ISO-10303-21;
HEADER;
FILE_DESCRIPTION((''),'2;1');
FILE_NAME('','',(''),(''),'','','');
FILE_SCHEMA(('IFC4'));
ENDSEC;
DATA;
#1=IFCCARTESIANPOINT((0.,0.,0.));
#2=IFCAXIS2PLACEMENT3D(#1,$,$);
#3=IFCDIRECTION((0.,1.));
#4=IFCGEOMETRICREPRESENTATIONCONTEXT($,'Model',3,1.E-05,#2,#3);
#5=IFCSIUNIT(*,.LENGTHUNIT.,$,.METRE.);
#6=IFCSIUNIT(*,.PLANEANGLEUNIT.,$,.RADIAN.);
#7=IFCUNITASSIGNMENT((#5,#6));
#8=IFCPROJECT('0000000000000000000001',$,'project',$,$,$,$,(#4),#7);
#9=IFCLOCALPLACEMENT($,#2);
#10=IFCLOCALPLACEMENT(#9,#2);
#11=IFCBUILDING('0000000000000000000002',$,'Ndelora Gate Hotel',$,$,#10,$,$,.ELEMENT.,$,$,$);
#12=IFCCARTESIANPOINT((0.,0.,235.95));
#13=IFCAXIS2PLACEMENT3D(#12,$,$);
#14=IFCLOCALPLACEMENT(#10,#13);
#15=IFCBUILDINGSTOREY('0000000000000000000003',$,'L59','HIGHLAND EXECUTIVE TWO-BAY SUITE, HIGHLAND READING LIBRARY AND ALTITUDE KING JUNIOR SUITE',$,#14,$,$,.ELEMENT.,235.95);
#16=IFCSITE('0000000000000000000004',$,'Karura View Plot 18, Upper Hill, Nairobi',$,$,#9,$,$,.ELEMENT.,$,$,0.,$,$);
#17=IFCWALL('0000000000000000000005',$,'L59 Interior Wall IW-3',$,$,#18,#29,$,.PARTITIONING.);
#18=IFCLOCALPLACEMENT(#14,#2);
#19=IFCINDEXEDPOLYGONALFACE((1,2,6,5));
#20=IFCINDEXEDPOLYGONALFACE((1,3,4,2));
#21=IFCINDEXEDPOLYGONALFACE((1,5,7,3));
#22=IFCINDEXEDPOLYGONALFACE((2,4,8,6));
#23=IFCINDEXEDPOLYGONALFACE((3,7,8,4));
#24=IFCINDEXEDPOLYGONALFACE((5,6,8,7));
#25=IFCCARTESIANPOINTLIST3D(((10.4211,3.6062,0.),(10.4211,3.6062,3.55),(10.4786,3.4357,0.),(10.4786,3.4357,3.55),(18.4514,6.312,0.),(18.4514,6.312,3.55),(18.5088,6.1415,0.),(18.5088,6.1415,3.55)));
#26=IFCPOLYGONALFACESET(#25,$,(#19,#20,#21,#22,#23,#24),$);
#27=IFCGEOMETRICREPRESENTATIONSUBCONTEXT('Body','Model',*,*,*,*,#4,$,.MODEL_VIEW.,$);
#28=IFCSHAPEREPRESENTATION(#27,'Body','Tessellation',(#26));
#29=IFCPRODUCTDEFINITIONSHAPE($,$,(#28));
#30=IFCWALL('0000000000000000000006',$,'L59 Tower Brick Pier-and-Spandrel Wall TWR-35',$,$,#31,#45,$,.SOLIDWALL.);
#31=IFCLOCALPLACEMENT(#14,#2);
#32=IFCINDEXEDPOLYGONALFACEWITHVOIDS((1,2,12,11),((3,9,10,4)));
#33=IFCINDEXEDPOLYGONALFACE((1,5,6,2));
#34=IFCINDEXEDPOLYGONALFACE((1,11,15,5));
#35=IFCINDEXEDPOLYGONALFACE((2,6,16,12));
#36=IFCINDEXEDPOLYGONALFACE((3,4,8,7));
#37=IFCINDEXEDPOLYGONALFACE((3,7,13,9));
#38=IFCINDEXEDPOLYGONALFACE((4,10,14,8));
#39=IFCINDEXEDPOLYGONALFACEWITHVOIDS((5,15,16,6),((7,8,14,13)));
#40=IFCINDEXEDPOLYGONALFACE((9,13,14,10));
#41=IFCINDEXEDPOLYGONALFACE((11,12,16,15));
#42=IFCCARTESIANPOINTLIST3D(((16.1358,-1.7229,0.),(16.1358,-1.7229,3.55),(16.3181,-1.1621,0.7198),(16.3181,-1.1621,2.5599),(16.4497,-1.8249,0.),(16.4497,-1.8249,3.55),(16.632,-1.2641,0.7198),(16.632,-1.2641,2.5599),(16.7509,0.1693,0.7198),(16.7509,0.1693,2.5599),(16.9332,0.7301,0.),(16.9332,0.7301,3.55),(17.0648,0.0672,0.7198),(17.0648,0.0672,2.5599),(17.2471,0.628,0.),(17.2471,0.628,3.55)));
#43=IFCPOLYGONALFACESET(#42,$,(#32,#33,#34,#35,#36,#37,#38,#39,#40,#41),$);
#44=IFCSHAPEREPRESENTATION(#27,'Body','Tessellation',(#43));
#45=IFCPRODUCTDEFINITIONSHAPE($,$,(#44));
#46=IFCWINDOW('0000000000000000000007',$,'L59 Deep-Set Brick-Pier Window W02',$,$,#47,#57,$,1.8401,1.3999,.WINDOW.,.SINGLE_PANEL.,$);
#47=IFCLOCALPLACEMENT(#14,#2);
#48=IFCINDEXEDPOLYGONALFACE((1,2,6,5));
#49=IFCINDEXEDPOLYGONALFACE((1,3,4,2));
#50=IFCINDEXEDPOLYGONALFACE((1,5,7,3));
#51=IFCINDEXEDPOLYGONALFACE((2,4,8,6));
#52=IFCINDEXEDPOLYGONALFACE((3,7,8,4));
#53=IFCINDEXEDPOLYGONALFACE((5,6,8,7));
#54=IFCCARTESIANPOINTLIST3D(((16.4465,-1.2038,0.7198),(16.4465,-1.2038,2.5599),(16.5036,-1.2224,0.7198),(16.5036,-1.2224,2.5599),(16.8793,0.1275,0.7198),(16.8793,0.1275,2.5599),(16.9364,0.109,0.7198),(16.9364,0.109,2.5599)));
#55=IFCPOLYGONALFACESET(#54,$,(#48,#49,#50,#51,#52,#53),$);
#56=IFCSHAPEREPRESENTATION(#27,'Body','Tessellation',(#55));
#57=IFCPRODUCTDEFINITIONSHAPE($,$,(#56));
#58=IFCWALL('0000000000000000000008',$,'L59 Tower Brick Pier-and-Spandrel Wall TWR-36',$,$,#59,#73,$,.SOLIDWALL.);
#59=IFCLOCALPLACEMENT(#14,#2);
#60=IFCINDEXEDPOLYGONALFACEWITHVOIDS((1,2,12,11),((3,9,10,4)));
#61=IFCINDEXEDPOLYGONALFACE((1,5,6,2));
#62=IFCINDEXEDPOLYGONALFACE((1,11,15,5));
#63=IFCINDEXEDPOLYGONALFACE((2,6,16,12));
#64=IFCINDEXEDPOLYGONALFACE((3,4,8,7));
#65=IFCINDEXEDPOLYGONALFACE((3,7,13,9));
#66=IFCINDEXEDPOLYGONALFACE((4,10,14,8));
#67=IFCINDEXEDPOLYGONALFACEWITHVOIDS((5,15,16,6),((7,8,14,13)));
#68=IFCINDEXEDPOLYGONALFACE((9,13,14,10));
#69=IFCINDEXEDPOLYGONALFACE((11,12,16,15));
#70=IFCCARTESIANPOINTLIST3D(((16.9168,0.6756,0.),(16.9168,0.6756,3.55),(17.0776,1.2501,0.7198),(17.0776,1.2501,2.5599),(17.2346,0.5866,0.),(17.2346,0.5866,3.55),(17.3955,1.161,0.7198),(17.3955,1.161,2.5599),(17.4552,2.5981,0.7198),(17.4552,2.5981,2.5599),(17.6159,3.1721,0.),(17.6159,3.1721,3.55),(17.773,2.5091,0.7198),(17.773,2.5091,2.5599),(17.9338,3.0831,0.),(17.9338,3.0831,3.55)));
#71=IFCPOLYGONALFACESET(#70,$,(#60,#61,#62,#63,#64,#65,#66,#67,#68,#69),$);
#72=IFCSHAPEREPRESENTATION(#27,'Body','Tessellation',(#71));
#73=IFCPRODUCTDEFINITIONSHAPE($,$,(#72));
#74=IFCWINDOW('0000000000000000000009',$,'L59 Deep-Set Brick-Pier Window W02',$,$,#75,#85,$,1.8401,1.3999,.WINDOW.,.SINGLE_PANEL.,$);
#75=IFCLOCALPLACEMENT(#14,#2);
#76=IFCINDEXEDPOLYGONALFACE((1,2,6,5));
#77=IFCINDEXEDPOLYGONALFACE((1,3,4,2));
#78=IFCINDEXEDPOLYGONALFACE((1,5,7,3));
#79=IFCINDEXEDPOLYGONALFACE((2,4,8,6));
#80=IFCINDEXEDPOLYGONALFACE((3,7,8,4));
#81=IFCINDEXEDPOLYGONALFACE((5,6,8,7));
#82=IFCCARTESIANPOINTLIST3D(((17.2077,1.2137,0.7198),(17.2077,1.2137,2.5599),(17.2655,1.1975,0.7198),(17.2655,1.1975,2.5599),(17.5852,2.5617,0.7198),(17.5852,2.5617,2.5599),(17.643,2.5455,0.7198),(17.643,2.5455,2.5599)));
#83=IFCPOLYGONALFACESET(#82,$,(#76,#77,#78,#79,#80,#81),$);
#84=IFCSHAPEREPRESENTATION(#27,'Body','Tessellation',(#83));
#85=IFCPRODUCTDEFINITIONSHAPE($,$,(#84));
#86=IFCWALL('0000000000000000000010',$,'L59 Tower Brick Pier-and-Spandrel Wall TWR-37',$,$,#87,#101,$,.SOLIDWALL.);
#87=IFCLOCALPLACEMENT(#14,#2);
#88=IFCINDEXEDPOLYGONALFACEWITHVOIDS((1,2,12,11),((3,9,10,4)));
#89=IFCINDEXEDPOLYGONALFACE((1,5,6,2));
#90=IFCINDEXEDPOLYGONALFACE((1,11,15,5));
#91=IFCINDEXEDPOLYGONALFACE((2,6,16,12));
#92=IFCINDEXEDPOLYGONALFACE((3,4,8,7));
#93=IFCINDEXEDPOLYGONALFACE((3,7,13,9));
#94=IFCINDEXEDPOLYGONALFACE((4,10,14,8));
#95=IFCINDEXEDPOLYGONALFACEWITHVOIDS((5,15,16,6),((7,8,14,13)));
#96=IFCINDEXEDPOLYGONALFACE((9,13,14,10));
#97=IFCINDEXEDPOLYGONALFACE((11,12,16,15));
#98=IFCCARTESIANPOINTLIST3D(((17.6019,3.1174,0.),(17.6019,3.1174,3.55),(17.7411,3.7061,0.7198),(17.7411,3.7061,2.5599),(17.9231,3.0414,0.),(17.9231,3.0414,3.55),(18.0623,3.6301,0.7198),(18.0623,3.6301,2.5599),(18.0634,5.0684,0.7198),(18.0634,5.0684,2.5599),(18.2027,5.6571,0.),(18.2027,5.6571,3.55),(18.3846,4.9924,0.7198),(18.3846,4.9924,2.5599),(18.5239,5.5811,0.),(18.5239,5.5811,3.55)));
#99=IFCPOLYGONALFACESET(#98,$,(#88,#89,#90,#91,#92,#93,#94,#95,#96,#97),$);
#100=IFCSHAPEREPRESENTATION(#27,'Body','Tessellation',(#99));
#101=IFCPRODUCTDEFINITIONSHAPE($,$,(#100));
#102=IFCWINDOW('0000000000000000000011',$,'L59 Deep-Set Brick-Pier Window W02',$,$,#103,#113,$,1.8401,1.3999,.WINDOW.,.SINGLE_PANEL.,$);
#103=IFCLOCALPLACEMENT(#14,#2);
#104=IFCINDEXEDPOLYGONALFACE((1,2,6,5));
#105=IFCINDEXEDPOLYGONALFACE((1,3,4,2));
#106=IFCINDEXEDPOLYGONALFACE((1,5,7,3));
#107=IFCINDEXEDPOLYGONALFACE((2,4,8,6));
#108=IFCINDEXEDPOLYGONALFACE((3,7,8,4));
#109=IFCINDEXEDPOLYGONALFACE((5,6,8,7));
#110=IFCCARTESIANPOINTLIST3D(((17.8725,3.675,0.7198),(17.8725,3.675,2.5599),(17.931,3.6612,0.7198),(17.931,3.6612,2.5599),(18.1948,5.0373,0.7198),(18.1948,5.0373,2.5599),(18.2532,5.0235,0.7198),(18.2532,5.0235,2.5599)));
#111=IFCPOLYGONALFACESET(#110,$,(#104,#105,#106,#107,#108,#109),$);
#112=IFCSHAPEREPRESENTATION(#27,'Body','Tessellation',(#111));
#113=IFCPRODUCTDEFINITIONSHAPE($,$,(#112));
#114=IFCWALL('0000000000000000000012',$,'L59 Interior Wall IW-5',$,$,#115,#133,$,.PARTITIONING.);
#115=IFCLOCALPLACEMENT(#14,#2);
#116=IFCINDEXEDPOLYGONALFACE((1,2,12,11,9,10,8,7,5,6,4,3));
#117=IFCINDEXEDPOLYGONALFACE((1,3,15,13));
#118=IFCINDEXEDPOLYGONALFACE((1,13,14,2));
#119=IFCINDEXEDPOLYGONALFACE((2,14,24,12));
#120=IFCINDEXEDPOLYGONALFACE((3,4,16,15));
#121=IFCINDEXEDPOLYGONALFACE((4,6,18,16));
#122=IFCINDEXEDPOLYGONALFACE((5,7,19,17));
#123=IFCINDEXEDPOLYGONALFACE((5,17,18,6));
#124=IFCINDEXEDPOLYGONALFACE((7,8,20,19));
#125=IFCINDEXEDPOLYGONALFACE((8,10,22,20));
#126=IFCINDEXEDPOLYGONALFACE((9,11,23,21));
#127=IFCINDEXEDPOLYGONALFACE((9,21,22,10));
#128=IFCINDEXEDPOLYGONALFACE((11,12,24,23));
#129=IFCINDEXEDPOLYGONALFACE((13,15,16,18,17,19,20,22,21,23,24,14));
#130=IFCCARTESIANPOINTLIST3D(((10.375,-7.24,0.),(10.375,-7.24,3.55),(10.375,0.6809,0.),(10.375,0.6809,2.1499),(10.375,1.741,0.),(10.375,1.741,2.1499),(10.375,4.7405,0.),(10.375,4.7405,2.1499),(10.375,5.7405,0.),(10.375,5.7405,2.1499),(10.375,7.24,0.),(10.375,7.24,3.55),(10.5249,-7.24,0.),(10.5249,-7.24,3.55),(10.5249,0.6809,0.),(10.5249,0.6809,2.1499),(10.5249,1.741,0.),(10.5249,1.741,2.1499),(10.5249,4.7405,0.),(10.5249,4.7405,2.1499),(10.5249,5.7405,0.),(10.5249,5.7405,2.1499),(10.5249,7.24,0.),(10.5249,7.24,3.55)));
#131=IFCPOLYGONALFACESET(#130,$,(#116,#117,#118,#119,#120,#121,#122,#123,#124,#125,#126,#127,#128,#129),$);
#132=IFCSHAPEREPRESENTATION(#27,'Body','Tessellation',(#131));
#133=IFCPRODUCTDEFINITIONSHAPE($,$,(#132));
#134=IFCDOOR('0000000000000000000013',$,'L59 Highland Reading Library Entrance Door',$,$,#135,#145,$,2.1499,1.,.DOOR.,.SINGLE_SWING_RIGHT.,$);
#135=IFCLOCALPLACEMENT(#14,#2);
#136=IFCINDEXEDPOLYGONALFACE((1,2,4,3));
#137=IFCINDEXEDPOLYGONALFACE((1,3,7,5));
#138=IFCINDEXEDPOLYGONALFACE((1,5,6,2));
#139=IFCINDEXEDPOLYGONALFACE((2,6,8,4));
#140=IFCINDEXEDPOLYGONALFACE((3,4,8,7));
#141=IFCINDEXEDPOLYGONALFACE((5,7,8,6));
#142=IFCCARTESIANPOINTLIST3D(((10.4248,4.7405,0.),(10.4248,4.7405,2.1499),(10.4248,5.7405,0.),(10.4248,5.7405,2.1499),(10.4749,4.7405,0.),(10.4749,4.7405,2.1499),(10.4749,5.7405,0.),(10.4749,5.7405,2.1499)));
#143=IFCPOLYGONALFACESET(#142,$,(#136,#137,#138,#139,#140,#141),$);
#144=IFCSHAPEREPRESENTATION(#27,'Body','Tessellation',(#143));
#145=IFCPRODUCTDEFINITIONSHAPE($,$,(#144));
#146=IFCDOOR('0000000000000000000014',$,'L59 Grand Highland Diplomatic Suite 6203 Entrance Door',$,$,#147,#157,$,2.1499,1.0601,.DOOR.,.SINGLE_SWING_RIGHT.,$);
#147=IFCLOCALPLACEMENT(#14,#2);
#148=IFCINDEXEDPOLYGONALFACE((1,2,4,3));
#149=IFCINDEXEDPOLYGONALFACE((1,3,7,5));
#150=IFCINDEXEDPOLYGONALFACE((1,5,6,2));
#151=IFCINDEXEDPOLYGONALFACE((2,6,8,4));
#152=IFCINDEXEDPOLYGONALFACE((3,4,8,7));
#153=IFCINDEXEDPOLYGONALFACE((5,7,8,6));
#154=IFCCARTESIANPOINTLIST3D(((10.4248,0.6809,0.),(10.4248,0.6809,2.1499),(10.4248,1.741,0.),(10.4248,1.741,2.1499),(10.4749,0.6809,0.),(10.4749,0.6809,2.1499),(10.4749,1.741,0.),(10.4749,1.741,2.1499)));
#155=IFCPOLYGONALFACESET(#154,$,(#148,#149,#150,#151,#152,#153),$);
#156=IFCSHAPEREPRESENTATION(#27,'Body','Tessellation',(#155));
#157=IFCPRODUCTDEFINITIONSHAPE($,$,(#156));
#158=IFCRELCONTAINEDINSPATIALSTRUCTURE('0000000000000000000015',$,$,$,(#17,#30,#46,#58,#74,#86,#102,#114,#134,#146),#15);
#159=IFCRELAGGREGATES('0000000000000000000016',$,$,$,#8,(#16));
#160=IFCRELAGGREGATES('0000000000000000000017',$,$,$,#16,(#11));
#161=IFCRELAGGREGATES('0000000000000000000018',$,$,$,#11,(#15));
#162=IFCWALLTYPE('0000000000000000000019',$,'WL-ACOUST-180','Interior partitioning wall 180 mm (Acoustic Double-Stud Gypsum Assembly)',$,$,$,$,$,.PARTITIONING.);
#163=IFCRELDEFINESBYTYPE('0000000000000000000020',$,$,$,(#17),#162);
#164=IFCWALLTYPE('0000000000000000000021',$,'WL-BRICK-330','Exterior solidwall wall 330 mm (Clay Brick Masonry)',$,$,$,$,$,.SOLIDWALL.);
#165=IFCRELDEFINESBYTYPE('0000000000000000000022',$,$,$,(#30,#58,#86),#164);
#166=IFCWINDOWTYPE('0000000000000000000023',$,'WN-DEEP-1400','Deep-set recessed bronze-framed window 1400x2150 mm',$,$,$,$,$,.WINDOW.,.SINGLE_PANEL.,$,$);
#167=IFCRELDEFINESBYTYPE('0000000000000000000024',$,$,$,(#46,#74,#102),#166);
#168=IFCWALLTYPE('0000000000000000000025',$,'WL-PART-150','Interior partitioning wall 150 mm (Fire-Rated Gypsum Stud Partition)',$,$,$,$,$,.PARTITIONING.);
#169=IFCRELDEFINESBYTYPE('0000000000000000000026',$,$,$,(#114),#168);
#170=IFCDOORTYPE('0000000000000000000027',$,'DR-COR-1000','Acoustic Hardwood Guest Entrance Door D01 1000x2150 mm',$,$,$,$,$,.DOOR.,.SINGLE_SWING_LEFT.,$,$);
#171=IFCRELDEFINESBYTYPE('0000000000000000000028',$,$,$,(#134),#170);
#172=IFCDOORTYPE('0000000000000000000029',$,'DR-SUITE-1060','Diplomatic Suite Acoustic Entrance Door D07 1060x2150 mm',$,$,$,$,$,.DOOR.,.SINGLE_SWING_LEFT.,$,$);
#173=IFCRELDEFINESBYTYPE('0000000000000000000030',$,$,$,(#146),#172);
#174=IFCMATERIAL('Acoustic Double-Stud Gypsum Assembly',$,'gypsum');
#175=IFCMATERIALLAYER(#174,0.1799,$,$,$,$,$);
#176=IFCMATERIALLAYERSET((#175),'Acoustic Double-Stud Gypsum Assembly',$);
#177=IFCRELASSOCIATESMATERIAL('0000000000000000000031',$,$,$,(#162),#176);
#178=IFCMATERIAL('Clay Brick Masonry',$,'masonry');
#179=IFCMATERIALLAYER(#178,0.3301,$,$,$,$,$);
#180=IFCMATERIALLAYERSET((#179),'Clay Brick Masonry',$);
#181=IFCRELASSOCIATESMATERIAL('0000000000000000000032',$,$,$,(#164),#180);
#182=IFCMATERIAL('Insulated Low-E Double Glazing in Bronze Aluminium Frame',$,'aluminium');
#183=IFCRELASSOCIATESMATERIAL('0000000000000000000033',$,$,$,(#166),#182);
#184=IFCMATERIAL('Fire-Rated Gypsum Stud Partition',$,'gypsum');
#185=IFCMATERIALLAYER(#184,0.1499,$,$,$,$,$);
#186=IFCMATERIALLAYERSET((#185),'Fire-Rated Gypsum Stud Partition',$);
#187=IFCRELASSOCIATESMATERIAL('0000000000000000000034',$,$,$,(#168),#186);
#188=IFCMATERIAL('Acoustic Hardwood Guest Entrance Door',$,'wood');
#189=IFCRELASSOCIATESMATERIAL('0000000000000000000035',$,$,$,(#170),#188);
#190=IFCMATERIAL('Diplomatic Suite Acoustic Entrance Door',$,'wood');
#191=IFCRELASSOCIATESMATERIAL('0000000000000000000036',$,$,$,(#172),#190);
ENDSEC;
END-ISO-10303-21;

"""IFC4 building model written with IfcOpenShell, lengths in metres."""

from ifc_helpers import new_model, si_unit, direction, frame, frame_2d, origin, place, context, subcontext, project, spatial, rectangle, extrude, material, layer, layer_set, type_object, element, fill, save


model = new_model("IFC4")

# Units and contexts
model_context = context("Model", 3, precision=1e-05, world=origin(), true_north=direction((0.0, 1.0)))
body_context = subcontext(model_context, "Body", "Model", "MODEL_VIEW")
ifc_project = project(units=[si_unit("LENGTHUNIT", "METRE"), si_unit("PLANEANGLEUNIT", "RADIAN")], contexts=[model_context])

# Site, building, storey
site_placement = place(None, origin())
site = spatial("IfcSite", under=ifc_project, at=site_placement, Name="Karura View Plot 18, Upper Hill, Nairobi", CompositionType="ELEMENT", RefElevation=0.0)
building_placement = place(site_placement, origin())
building = spatial("IfcBuilding", under=site, at=building_placement, Name="Ndelora Gate Hotel", CompositionType="ELEMENT")
storey_placement = place(building_placement, frame((0.0, 0.0, 235.95)))
storey = spatial("IfcBuildingStorey", under=building, at=storey_placement, Name="L59", Description="HIGHLAND EXECUTIVE TWO-BAY SUITE, HIGHLAND READING LIBRARY AND ALTITUDE KING JUNIOR SUITE", CompositionType="ELEMENT", Elevation=235.95)

# Wall
ifc_material_1 = material(Name="Acoustic Double-Stud Gypsum Assembly", Category="gypsum")
ifc_layer_1 = layer(ifc_material_1, 0.1799)
ifc_layer_set_1 = layer_set([ifc_layer_1], Name="Acoustic Double-Stud Gypsum Assembly")
wall_type_1 = type_object("IfcWallType", Name="WL-ACOUST-180", Description="Interior partitioning wall 180 mm (Acoustic Double-Stud Gypsum Assembly)", PredefinedType="PARTITIONING", material=ifc_layer_set_1)
wall_1_placement = place(storey_placement, frame((10.45, 3.521, 0.0), z_axis=(0.0, 0.0, 1.0), x_axis=(0.94765, 0.319312, 0.0)))
element("IfcWall", 1, at=wall_1_placement, inside=storey, type_object=wall_type_1, Name="L59 Interior Wall IW-3", PredefinedType="PARTITIONING", context=body_context, shape_type="SweptSolid", body=[
    extrude(rectangle(XDim=8.4739, YDim=0.1799, at=frame_2d((4.2368, 0.0))), origin(), (0.0, 0.0, 1.0), 3.55),
])

# Walls, openings, windows
ifc_material_2 = material(Name="Clay Brick Masonry", Category="masonry")
ifc_layer_2 = layer(ifc_material_2, 0.3301)
ifc_layer_set_2 = layer_set([ifc_layer_2], Name="Clay Brick Masonry")
wall_type_2 = type_object("IfcWallType", Name="WL-BRICK-330", Description="Exterior solidwall wall 330 mm (Clay Brick Masonry)", PredefinedType="SOLIDWALL", material=ifc_layer_set_2)
wall_2_placement = place(storey_placement, frame((17.0901, 0.679, 0.0), z_axis=(0.0, 0.0, 1.0), x_axis=(-0.309148, -0.951014, 0.0)))
wall_2 = element("IfcWall", 2, at=wall_2_placement, inside=storey, type_object=wall_type_2, Name="L59 Tower Brick Pier-and-Spandrel Wall TWR-35", PredefinedType="SOLIDWALL", context=body_context, shape_type="SweptSolid", body=[
    extrude(rectangle(XDim=2.5793, YDim=0.3301, at=frame_2d((1.2896, 0.0))), origin(), (0.0, 0.0, 1.0), 3.55),
])
opening_1_placement = place(wall_2_placement, frame((0.5896, 0.0, 0.72)))
opening_1 = element("IfcOpeningElement", 3, at=opening_1_placement, cuts=wall_2, PredefinedType="OPENING", context=body_context, shape_type="SweptSolid", body=[
    extrude(rectangle(XDim=1.3999, YDim=1.8401, at=frame_2d((0.7, 0.9199))), frame((0.0, 0.175, 0.0), z_axis=(0.0, -1.0, 0.0), x_axis=(1.0, 0.0, 0.0)), (0.0, 0.0, 1.0), 0.3501),
])
ifc_material_3 = material(Name="Insulated Low-E Double Glazing in Bronze Aluminium Frame", Category="aluminium")
window_type = type_object("IfcWindowType", Name="WN-DEEP-1400", Description="Deep-set recessed bronze-framed window 1400x2150 mm", PartitioningType="SINGLE_PANEL", PredefinedType="WINDOW", material=ifc_material_3)
window_1_placement = place(opening_1_placement, origin())
window_1 = element("IfcWindow", 4, at=window_1_placement, inside=storey, type_object=window_type, Name="L59 Deep-Set Brick-Pier Window W02", OverallHeight=1.8401, OverallWidth=1.3999, PartitioningType="SINGLE_PANEL", PredefinedType="WINDOW", context=body_context, shape_type="SweptSolid", body=[
    extrude(rectangle(XDim=1.3999, YDim=1.8401, at=frame_2d((0.7, 0.9199))), frame((0.0, 0.03, 0.0), z_axis=(0.0, -1.0, 0.0), x_axis=(1.0, 0.0, 0.0)), (0.0, 0.0, 1.0), 0.0601),
])
fill(opening_1, window_1)
wall_3_placement = place(storey_placement, frame((17.7749, 3.1277, 0.0), z_axis=(0.0, 0.0, 1.0), x_axis=(-0.269693, -0.962946, 0.0)))
wall_3 = element("IfcWall", 5, at=wall_3_placement, inside=storey, type_object=wall_type_2, Name="L59 Tower Brick Pier-and-Spandrel Wall TWR-36", PredefinedType="SOLIDWALL", context=body_context, shape_type="SweptSolid", body=[
    extrude(rectangle(XDim=2.5925, YDim=0.3301, at=frame_2d((1.2964, 0.0))), origin(), (0.0, 0.0, 1.0), 3.55),
])
opening_2_placement = place(wall_3_placement, frame((0.5962, 0.0, 0.72)))
opening_2 = element("IfcOpeningElement", 6, at=opening_2_placement, cuts=wall_3, PredefinedType="OPENING", context=body_context, shape_type="SweptSolid", body=[
    extrude(rectangle(XDim=1.3999, YDim=1.8401, at=frame_2d((0.7, 0.9199))), frame((0.0, 0.175, 0.0), z_axis=(0.0, -1.0, 0.0), x_axis=(1.0, 0.0, 0.0)), (0.0, 0.0, 1.0), 0.3501),
])
window_2_placement = place(opening_2_placement, origin())
window_2 = element("IfcWindow", 7, at=window_2_placement, inside=storey, type_object=window_type, Name="L59 Deep-Set Brick-Pier Window W02", OverallHeight=1.8401, OverallWidth=1.3999, PartitioningType="SINGLE_PANEL", PredefinedType="WINDOW", context=body_context, shape_type="SweptSolid", body=[
    extrude(rectangle(XDim=1.3999, YDim=1.8401, at=frame_2d((0.7, 0.9199))), frame((0.0, 0.03, 0.0), z_axis=(0.0, -1.0, 0.0), x_axis=(1.0, 0.0, 0.0)), (0.0, 0.0, 1.0), 0.0601),
])
fill(opening_2, window_2)
wall_4_placement = place(storey_placement, frame((18.3633, 5.6191, 0.0), z_axis=(0.0, 0.0, 1.0), x_axis=(-0.230212, -0.97314, 0.0)))
wall_4 = element("IfcWall", 8, at=wall_4_placement, inside=storey, type_object=wall_type_2, Name="L59 Tower Brick Pier-and-Spandrel Wall TWR-37", PredefinedType="SOLIDWALL", context=body_context, shape_type="SweptSolid", body=[
    extrude(rectangle(XDim=2.6099, YDim=0.3301, at=frame_2d((1.3049, 0.0))), origin(), (0.0, 0.0, 1.0), 3.55),
])
opening_3_placement = place(wall_4_placement, frame((0.605, 0.0, 0.72)))
opening_3 = element("IfcOpeningElement", 9, at=opening_3_placement, cuts=wall_4, PredefinedType="OPENING", context=body_context, shape_type="SweptSolid", body=[
    extrude(rectangle(XDim=1.3999, YDim=1.8401, at=frame_2d((0.7, 0.9199))), frame((0.0, 0.175, 0.0), z_axis=(0.0, -1.0, 0.0), x_axis=(1.0, 0.0, 0.0)), (0.0, 0.0, 1.0), 0.3501),
])
window_3_placement = place(opening_3_placement, origin())
window_3 = element("IfcWindow", 10, at=window_3_placement, inside=storey, type_object=window_type, Name="L59 Deep-Set Brick-Pier Window W02", OverallHeight=1.8401, OverallWidth=1.3999, PartitioningType="SINGLE_PANEL", PredefinedType="WINDOW", context=body_context, shape_type="SweptSolid", body=[
    extrude(rectangle(XDim=1.3999, YDim=1.8401, at=frame_2d((0.7, 0.9199))), frame((0.0, 0.03, 0.0), z_axis=(0.0, -1.0, 0.0), x_axis=(1.0, 0.0, 0.0)), (0.0, 0.0, 1.0), 0.0601),
])
fill(opening_3, window_3)

# Wall, openings, doors
ifc_material_4 = material(Name="Fire-Rated Gypsum Stud Partition", Category="gypsum")
ifc_layer_3 = layer(ifc_material_4, 0.1499)
ifc_layer_set_3 = layer_set([ifc_layer_3], Name="Fire-Rated Gypsum Stud Partition")
wall_type_3 = type_object("IfcWallType", Name="WL-PART-150", Description="Interior partitioning wall 150 mm (Fire-Rated Gypsum Stud Partition)", PredefinedType="PARTITIONING", material=ifc_layer_set_3)
wall_5_placement = place(storey_placement, frame((10.45, 7.24, 0.0), z_axis=(0.0, 0.0, 1.0), x_axis=(0.0, -1.0, 0.0)))
wall_5 = element("IfcWall", 11, at=wall_5_placement, inside=storey, type_object=wall_type_3, Name="L59 Interior Wall IW-5", PredefinedType="PARTITIONING", context=body_context, shape_type="SweptSolid", body=[
    extrude(rectangle(XDim=14.48, YDim=0.1499, at=frame_2d((7.24, 0.0))), origin(), (0.0, 0.0, 1.0), 3.55),
])
opening_4_placement = place(wall_5_placement, frame((5.499, 0.0, 0.0)))
opening_4 = element("IfcOpeningElement", 12, at=opening_4_placement, cuts=wall_5, PredefinedType="OPENING", context=body_context, shape_type="SweptSolid", body=[
    extrude(rectangle(XDim=1.0601, YDim=2.1499, at=frame_2d((0.53, 1.075))), frame((0.0, 0.085, 0.0), z_axis=(0.0, -1.0, 0.0), x_axis=(1.0, 0.0, 0.0)), (0.0, 0.0, 1.0), 0.1699),
])
opening_5_placement = place(wall_5_placement, frame((1.4995, 0.0, 0.0)))
opening_5 = element("IfcOpeningElement", 13, at=opening_5_placement, cuts=wall_5, PredefinedType="OPENING", context=body_context, shape_type="SweptSolid", body=[
    extrude(rectangle(XDim=1.0, YDim=2.1499, at=frame_2d((0.5, 1.075))), frame((0.0, 0.085, 0.0), z_axis=(0.0, -1.0, 0.0), x_axis=(1.0, 0.0, 0.0)), (0.0, 0.0, 1.0), 0.1699),
])
ifc_material_5 = material(Name="Acoustic Hardwood Guest Entrance Door", Category="wood")
door_type_1 = type_object("IfcDoorType", Name="DR-COR-1000", Description="Acoustic Hardwood Guest Entrance Door D01 1000x2150 mm", OperationType="SINGLE_SWING_LEFT", PredefinedType="DOOR", material=ifc_material_5)
door_1_placement = place(opening_5_placement, origin())
door_1 = element("IfcDoor", 14, at=door_1_placement, inside=storey, type_object=door_type_1, Name="L59 Highland Reading Library Entrance Door", OperationType="SINGLE_SWING_RIGHT", OverallHeight=2.1499, OverallWidth=1.0, PredefinedType="DOOR", context=body_context, shape_type="SweptSolid", body=[
    extrude(rectangle(XDim=1.0, YDim=2.1499, at=frame_2d((0.5, 1.075))), frame((0.0, 0.0249, 0.0), z_axis=(0.0, -1.0, 0.0), x_axis=(1.0, 0.0, 0.0)), (0.0, 0.0, 1.0), 0.05),
])
fill(opening_5, door_1)
ifc_material_6 = material(Name="Diplomatic Suite Acoustic Entrance Door", Category="wood")
door_type_2 = type_object("IfcDoorType", Name="DR-SUITE-1060", Description="Diplomatic Suite Acoustic Entrance Door D07 1060x2150 mm", OperationType="SINGLE_SWING_LEFT", PredefinedType="DOOR", material=ifc_material_6)
door_2_placement = place(opening_4_placement, origin())
door_2 = element("IfcDoor", 15, at=door_2_placement, inside=storey, type_object=door_type_2, Name="L59 Grand Highland Diplomatic Suite 6203 Entrance Door", OperationType="SINGLE_SWING_RIGHT", OverallHeight=2.1499, OverallWidth=1.0601, PredefinedType="DOOR", context=body_context, shape_type="SweptSolid", body=[
    extrude(rectangle(XDim=1.0601, YDim=2.1499, at=frame_2d((0.53, 1.075))), frame((0.0, 0.0249, 0.0), z_axis=(0.0, -1.0, 0.0), x_axis=(1.0, 0.0, 0.0)), (0.0, 0.0, 1.0), 0.05),
])
fill(opening_4, door_2)

save(model, "model.ifc")
